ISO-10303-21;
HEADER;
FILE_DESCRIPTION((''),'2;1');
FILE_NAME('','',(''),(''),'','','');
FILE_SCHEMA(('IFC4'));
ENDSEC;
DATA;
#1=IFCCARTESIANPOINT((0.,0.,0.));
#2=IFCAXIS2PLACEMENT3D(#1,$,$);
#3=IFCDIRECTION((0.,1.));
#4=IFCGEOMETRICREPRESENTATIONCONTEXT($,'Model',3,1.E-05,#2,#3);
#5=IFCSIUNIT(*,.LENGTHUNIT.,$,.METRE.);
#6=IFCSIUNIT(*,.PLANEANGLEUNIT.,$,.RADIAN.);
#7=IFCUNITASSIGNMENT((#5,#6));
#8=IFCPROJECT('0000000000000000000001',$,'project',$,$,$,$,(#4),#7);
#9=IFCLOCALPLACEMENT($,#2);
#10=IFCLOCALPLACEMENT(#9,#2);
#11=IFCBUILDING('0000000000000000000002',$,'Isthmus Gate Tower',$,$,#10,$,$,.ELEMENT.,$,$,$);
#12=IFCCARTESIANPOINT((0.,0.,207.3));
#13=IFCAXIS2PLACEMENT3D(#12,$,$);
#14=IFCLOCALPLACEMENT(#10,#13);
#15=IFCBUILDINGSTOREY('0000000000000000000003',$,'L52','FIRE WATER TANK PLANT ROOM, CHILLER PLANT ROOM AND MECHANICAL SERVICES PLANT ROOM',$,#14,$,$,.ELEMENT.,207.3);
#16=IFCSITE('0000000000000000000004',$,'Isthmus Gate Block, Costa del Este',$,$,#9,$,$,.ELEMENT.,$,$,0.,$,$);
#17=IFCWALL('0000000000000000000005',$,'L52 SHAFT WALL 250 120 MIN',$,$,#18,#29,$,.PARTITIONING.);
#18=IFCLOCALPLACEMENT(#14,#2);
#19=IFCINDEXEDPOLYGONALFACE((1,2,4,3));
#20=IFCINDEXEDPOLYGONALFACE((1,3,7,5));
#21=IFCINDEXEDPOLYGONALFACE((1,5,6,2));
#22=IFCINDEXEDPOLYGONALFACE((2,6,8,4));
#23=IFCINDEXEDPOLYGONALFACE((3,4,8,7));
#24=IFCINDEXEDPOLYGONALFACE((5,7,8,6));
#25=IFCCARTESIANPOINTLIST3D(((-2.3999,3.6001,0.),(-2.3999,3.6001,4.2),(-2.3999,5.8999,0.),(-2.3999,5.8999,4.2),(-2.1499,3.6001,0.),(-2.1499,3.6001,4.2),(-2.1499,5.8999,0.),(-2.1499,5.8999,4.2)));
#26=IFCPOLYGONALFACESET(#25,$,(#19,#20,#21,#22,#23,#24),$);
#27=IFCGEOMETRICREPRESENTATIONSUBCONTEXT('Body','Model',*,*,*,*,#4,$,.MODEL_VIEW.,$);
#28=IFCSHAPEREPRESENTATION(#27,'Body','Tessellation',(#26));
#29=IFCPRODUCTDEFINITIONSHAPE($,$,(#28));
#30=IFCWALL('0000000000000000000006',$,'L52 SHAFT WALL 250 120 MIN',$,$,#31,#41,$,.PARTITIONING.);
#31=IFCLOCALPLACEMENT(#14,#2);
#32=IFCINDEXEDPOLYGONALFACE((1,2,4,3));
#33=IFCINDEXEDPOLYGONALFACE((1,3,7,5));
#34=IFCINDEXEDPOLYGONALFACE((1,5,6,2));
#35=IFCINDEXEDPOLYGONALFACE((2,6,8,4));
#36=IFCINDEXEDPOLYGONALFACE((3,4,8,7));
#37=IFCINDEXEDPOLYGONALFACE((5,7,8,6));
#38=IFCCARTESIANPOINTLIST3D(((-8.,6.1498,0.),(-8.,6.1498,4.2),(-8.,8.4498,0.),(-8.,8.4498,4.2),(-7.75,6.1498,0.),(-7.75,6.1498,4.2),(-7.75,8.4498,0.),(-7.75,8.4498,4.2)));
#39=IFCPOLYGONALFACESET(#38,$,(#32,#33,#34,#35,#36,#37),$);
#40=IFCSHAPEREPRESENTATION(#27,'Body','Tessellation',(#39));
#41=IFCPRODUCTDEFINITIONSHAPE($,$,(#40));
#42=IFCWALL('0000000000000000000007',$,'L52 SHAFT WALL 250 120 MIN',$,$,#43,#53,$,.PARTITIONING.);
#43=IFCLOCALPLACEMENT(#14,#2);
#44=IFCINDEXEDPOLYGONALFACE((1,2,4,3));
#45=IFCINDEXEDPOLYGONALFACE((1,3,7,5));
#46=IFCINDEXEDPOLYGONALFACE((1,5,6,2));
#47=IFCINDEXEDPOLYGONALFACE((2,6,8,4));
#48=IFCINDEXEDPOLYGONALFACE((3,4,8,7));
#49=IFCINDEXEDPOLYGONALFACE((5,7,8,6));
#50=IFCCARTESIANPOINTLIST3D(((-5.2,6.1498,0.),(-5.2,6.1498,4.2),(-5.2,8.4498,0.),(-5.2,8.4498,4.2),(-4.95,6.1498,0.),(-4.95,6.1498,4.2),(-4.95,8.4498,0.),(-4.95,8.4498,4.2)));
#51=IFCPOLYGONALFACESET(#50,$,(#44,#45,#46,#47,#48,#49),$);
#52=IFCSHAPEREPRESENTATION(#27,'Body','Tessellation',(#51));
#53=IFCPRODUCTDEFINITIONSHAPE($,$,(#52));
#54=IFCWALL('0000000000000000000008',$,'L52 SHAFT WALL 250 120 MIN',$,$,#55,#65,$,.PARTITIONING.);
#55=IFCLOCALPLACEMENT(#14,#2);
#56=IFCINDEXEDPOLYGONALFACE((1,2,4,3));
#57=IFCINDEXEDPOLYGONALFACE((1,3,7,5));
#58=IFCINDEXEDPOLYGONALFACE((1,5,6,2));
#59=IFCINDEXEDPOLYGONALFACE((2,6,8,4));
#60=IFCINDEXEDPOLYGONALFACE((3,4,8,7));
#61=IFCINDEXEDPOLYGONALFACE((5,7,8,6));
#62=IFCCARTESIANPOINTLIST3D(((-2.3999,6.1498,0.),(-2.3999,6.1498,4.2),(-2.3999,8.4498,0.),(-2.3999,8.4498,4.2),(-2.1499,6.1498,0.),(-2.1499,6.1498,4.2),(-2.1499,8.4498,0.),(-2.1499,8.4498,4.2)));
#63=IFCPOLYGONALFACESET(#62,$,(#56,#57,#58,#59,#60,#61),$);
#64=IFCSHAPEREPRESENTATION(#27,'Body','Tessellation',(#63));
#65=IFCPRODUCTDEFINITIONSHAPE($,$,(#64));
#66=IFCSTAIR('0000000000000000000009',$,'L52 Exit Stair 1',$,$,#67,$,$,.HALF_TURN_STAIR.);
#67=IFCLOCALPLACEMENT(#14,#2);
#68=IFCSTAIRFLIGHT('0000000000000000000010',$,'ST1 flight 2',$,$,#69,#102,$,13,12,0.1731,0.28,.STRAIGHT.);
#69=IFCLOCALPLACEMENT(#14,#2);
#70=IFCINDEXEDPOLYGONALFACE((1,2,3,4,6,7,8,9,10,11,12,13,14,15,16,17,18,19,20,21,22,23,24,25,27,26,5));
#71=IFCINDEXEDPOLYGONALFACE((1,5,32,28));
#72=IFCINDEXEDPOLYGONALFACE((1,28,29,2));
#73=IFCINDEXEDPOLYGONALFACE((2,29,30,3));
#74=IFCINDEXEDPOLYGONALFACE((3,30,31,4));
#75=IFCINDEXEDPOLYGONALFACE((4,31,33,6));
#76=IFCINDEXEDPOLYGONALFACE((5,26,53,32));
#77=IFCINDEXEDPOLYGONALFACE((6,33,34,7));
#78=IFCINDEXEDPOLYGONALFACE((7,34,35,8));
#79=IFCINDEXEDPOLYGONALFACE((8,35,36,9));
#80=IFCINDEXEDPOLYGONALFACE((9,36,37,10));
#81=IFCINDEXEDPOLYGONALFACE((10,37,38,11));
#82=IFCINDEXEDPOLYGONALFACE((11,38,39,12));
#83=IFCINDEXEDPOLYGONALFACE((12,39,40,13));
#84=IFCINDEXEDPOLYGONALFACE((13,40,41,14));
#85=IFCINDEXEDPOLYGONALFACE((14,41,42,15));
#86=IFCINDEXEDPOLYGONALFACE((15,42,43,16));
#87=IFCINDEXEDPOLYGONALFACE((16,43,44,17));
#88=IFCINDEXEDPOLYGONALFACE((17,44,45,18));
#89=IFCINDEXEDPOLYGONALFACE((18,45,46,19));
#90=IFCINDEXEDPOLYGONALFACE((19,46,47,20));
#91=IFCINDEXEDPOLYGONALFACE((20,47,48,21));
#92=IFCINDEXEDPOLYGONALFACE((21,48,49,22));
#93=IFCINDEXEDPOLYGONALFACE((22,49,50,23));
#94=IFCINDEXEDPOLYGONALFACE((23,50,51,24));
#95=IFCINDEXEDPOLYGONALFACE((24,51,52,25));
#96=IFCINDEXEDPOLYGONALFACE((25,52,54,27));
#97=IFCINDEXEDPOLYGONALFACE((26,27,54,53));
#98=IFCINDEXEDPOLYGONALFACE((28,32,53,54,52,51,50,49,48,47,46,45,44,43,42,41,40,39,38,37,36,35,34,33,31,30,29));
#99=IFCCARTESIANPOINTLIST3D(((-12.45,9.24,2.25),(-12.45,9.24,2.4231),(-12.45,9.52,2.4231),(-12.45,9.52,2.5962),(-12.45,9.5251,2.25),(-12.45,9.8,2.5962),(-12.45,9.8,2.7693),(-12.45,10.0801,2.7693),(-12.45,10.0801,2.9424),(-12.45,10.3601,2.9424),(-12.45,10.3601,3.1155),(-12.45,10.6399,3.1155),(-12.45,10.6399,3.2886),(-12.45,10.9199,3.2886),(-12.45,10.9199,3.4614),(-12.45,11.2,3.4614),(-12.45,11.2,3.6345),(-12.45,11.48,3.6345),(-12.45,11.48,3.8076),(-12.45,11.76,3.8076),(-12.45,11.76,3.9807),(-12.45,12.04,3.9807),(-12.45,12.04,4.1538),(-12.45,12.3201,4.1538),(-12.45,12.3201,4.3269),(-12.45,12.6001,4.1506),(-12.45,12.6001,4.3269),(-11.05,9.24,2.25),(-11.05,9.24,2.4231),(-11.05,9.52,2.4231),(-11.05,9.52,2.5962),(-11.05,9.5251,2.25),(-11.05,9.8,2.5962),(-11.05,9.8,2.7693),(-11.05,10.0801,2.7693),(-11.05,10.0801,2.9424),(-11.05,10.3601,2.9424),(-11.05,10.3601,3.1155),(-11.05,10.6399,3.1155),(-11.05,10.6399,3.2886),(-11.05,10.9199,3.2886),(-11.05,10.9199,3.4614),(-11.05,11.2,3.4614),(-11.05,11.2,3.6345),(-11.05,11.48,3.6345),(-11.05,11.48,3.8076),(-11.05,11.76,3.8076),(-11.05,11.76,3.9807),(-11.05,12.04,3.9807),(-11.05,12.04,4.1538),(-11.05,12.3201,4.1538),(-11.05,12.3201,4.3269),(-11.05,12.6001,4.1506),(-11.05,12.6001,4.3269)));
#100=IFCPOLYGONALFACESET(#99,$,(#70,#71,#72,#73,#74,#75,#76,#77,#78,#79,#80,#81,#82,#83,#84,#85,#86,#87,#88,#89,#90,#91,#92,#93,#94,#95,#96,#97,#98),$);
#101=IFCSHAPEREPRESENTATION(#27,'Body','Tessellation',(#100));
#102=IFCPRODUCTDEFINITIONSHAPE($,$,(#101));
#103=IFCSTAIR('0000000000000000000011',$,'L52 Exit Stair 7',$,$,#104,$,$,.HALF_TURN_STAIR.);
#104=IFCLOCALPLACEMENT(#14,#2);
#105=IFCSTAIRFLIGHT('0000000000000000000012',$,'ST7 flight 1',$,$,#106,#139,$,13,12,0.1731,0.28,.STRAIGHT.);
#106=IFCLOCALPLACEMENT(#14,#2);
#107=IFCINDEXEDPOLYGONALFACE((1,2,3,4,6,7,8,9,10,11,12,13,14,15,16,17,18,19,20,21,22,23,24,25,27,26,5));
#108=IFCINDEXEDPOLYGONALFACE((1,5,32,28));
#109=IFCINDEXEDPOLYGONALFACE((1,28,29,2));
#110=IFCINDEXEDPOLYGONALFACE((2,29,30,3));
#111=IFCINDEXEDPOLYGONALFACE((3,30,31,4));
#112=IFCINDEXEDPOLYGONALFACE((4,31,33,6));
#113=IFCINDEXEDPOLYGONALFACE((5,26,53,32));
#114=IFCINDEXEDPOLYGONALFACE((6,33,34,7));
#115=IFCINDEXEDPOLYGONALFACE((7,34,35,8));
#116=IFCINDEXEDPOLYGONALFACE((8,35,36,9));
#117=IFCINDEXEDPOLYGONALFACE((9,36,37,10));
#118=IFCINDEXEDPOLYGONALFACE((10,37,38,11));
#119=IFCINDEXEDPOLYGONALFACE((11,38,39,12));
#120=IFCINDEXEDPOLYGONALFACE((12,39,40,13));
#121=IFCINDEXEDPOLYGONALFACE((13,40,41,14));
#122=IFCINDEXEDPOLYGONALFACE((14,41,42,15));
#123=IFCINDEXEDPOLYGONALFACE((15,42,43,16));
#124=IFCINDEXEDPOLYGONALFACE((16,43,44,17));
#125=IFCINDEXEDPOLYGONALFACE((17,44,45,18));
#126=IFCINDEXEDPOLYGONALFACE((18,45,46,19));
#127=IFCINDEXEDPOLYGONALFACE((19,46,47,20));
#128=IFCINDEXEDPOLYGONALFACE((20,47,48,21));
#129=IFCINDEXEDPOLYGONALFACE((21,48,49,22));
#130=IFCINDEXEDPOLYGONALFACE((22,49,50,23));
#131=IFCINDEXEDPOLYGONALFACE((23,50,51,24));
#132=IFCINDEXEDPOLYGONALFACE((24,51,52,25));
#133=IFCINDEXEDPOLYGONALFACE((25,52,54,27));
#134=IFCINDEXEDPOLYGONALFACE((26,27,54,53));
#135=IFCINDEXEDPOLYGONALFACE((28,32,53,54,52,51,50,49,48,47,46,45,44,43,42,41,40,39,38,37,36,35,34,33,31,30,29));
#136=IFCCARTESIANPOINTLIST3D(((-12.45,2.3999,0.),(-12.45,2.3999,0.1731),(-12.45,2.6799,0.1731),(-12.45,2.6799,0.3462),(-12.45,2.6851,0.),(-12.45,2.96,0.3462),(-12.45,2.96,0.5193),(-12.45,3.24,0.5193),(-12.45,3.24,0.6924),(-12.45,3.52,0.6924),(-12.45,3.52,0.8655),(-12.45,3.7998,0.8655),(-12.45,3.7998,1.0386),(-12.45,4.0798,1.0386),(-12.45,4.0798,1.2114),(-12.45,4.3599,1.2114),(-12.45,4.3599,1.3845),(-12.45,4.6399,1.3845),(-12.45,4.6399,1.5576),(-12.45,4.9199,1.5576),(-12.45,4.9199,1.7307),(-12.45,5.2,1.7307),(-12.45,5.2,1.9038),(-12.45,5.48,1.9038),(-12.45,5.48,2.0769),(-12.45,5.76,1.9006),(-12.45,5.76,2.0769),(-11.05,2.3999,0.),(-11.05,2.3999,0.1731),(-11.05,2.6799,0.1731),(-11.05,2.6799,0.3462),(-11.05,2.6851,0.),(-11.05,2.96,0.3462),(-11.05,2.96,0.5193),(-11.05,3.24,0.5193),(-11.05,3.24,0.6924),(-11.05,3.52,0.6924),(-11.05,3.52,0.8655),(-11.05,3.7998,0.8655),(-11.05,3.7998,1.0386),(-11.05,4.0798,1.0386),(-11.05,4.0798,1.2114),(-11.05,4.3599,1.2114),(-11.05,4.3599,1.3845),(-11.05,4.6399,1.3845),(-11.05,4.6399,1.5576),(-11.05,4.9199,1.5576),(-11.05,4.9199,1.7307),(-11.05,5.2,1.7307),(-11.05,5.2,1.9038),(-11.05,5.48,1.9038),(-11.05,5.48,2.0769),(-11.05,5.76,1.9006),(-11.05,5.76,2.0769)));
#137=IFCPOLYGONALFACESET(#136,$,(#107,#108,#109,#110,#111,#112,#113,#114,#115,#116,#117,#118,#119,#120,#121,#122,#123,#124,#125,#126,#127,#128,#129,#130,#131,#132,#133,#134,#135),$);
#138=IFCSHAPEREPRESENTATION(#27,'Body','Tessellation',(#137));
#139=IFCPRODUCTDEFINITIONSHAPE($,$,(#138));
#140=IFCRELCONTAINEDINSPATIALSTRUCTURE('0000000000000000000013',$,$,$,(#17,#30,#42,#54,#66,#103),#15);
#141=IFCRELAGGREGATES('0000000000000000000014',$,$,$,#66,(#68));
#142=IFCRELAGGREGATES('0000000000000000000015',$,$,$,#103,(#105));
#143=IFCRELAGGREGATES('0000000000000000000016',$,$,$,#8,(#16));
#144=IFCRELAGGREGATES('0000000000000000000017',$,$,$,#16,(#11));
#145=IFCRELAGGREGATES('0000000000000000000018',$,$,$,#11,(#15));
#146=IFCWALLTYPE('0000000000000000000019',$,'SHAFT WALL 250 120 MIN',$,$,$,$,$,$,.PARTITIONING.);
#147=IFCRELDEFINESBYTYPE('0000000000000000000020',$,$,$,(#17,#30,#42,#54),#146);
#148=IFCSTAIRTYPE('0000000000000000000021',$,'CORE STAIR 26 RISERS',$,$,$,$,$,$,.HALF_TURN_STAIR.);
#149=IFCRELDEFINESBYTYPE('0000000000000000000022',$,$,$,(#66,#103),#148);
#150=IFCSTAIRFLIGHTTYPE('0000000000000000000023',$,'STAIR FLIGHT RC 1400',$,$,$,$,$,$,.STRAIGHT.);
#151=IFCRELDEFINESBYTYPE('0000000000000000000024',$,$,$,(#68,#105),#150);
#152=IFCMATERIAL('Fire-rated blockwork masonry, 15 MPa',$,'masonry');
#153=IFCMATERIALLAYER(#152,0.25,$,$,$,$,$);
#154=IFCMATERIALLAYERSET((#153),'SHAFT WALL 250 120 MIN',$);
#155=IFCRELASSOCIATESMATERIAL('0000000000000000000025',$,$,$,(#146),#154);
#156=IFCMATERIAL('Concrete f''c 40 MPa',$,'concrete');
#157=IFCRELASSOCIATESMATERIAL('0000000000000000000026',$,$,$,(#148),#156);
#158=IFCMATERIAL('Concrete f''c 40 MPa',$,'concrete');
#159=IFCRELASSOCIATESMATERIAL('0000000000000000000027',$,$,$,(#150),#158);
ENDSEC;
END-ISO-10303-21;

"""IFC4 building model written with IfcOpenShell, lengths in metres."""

from ifc_helpers import new_model, si_unit, direction, frame, frame_2d, origin, place, context, subcontext, project, spatial, polyline, rectangle, outline, extrude, material, layer, layer_set, type_object, element, aggregate, save


model = new_model("IFC4")

# Units and contexts
model_context = context("Model", 3, precision=1e-05, world=origin(), true_north=direction((0.0, 1.0)))
body_context = subcontext(model_context, "Body", "Model", "MODEL_VIEW")
ifc_project = project(units=[si_unit("LENGTHUNIT", "METRE"), si_unit("PLANEANGLEUNIT", "RADIAN")], contexts=[model_context])

# Site, building, storey
site_placement = place(None, origin())
site = spatial("IfcSite", under=ifc_project, at=site_placement, Name="Isthmus Gate Block, Costa del Este", CompositionType="ELEMENT", RefElevation=0.0)
building_placement = place(site_placement, origin())
building = spatial("IfcBuilding", under=site, at=building_placement, Name="Isthmus Gate Tower", CompositionType="ELEMENT")
storey_placement = place(building_placement, frame((0.0, 0.0, 207.3)))
storey = spatial("IfcBuildingStorey", under=building, at=storey_placement, Name="L52", Description="FIRE WATER TANK PLANT ROOM, CHILLER PLANT ROOM AND MECHANICAL SERVICES PLANT ROOM", CompositionType="ELEMENT", Elevation=207.3)

# Walls
ifc_material_1 = material(Name="Fire-rated blockwork masonry, 15 MPa", Category="masonry")
ifc_layer_1 = layer(ifc_material_1, 0.25)
ifc_layer_set_1 = layer_set([ifc_layer_1], Name="SHAFT WALL 250 120 MIN")
wall_type_1 = type_object("IfcWallType", Name="SHAFT WALL 250 120 MIN", PredefinedType="PARTITIONING", material=ifc_layer_set_1)
for number, where, z_axis, x_axis, name in (
    (1, (-2.2749, 3.6001, 0.0), (0.0, 0.0, 1.0), (0.0, 1.0, 0.0), "L52 SHAFT WALL 250 120 MIN"),
):
    element("IfcWall", number, at=place(storey_placement, frame(where, z_axis=z_axis, x_axis=x_axis)), inside=storey, type_object=wall_type_1, Name=name, PredefinedType="PARTITIONING", context=body_context, shape_type="SweptSolid", body=[
        extrude(rectangle(XDim=2.2998, YDim=0.25, at=frame_2d((1.1499, 0.0))), origin(), (0.0, 0.0, 1.0), 4.2),
    ])
for number, where, z_axis, x_axis, name in (
    (2, (-7.875, 6.1499, 0.0), (0.0, 0.0, 1.0), (0.0, 1.0, 0.0), "L52 SHAFT WALL 250 120 MIN"),
    (3, (-5.075, 6.1499, 0.0), (0.0, 0.0, 1.0), (0.0, 1.0, 0.0), "L52 SHAFT WALL 250 120 MIN"),
    (4, (-2.2749, 6.1499, 0.0), (0.0, 0.0, 1.0), (0.0, 1.0, 0.0), "L52 SHAFT WALL 250 120 MIN"),
):
    element("IfcWall", number, at=place(storey_placement, frame(where, z_axis=z_axis, x_axis=x_axis)), inside=storey, type_object=wall_type_1, Name=name, PredefinedType="PARTITIONING", context=body_context, shape_type="SweptSolid", body=[
        extrude(rectangle(XDim=2.3, YDim=0.25, at=frame_2d((1.1499, 0.0))), origin(), (0.0, 0.0, 1.0), 4.2),
    ])

# Stairs, stair flights
ifc_material_2 = material(Name="Concrete f'c 40 MPa", Category="concrete")
stair_type = type_object("IfcStairType", Name="CORE STAIR 26 RISERS", PredefinedType="HALF_TURN_STAIR", material=ifc_material_2)
stair_1_placement = place(storey_placement, origin())
stair_1 = element("IfcStair", 5, at=stair_1_placement, inside=storey, type_object=stair_type, Name="L52 Exit Stair 1", PredefinedType="HALF_TURN_STAIR")
ifc_material_3 = material(Name="Concrete f'c 40 MPa", Category="concrete")
stair_flight_type = type_object("IfcStairFlightType", Name="STAIR FLIGHT RC 1400", PredefinedType="STRAIGHT", material=ifc_material_3)
stair_flight_1_placement = place(storey_placement, frame((-11.75, 9.24, 2.25), z_axis=(0.0, 0.0, 1.0), x_axis=(0.0, 1.0, 0.0)))
stair_flight_1 = element("IfcStairFlight", 6, at=stair_flight_1_placement, type_object=stair_flight_type, Name="ST1 flight 2", NumberOfRisers=13, NumberOfTreads=12, PredefinedType="STRAIGHT", RiserHeight=0.1731, TreadLength=0.28, context=body_context, shape_type="SweptSolid", body=[
    extrude(outline(polyline([(0.0, 0.0), (0.0, 0.1731), (0.28, 0.1731), (0.28, 0.3462), (0.5601, 0.3462), (0.5601, 0.5193), (0.8401, 0.5193), (0.8401, 0.6924), (1.1201, 0.6924), (1.1201, 0.8655), (1.3999, 0.8655), (1.3999, 1.0386), (1.6799, 1.0386), (1.6799, 1.2114), (1.96, 1.2114), (1.96, 1.3845), (2.24, 1.3845), (2.24, 1.5576), (2.52, 1.5576), (2.52, 1.7307), (2.8, 1.7307), (2.8, 1.9038), (3.0801, 1.9038), (3.0801, 2.0769), (3.3601, 2.0769), (3.3601, 2.25), (3.3601, 1.9006), (0.2852, 0.0), (0.0, 0.0)])), frame((0.0, 0.7, 0.0), z_axis=(0.0, -1.0, 0.0), x_axis=(1.0, 0.0, 0.0)), (0.0, 0.0, 1.0), 1.3999),
])
aggregate(stair_1, [stair_flight_1])
stair_2_placement = place(storey_placement, origin())
stair_2 = element("IfcStair", 7, at=stair_2_placement, inside=storey, type_object=stair_type, Name="L52 Exit Stair 7", PredefinedType="HALF_TURN_STAIR")
stair_flight_2_placement = place(storey_placement, frame((-11.75, 2.3999, 0.0), z_axis=(0.0, 0.0, 1.0), x_axis=(0.0, 1.0, 0.0)))
stair_flight_2 = element("IfcStairFlight", 8, at=stair_flight_2_placement, type_object=stair_flight_type, Name="ST7 flight 1", NumberOfRisers=13, NumberOfTreads=12, PredefinedType="STRAIGHT", RiserHeight=0.1731, TreadLength=0.28, context=body_context, shape_type="SweptSolid", body=[
    extrude(outline(polyline([(0.0, 0.0), (0.0, 0.1731), (0.28, 0.1731), (0.28, 0.3462), (0.5601, 0.3462), (0.5601, 0.5193), (0.8401, 0.5193), (0.8401, 0.6924), (1.1201, 0.6924), (1.1201, 0.8655), (1.3999, 0.8655), (1.3999, 1.0386), (1.6799, 1.0386), (1.6799, 1.2114), (1.96, 1.2114), (1.96, 1.3845), (2.24, 1.3845), (2.24, 1.5576), (2.52, 1.5576), (2.52, 1.7307), (2.8, 1.7307), (2.8, 1.9038), (3.0801, 1.9038), (3.0801, 2.0769), (3.3601, 2.0769), (3.3601, 2.25), (3.3601, 1.9006), (0.2852, 0.0), (0.0, 0.0)])), frame((0.0, 0.7, 0.0), z_axis=(0.0, -1.0, 0.0), x_axis=(1.0, 0.0, 0.0)), (0.0, 0.0, 1.0), 1.3999),
])
aggregate(stair_2, [stair_flight_2])

save(model, "model.ifc")
